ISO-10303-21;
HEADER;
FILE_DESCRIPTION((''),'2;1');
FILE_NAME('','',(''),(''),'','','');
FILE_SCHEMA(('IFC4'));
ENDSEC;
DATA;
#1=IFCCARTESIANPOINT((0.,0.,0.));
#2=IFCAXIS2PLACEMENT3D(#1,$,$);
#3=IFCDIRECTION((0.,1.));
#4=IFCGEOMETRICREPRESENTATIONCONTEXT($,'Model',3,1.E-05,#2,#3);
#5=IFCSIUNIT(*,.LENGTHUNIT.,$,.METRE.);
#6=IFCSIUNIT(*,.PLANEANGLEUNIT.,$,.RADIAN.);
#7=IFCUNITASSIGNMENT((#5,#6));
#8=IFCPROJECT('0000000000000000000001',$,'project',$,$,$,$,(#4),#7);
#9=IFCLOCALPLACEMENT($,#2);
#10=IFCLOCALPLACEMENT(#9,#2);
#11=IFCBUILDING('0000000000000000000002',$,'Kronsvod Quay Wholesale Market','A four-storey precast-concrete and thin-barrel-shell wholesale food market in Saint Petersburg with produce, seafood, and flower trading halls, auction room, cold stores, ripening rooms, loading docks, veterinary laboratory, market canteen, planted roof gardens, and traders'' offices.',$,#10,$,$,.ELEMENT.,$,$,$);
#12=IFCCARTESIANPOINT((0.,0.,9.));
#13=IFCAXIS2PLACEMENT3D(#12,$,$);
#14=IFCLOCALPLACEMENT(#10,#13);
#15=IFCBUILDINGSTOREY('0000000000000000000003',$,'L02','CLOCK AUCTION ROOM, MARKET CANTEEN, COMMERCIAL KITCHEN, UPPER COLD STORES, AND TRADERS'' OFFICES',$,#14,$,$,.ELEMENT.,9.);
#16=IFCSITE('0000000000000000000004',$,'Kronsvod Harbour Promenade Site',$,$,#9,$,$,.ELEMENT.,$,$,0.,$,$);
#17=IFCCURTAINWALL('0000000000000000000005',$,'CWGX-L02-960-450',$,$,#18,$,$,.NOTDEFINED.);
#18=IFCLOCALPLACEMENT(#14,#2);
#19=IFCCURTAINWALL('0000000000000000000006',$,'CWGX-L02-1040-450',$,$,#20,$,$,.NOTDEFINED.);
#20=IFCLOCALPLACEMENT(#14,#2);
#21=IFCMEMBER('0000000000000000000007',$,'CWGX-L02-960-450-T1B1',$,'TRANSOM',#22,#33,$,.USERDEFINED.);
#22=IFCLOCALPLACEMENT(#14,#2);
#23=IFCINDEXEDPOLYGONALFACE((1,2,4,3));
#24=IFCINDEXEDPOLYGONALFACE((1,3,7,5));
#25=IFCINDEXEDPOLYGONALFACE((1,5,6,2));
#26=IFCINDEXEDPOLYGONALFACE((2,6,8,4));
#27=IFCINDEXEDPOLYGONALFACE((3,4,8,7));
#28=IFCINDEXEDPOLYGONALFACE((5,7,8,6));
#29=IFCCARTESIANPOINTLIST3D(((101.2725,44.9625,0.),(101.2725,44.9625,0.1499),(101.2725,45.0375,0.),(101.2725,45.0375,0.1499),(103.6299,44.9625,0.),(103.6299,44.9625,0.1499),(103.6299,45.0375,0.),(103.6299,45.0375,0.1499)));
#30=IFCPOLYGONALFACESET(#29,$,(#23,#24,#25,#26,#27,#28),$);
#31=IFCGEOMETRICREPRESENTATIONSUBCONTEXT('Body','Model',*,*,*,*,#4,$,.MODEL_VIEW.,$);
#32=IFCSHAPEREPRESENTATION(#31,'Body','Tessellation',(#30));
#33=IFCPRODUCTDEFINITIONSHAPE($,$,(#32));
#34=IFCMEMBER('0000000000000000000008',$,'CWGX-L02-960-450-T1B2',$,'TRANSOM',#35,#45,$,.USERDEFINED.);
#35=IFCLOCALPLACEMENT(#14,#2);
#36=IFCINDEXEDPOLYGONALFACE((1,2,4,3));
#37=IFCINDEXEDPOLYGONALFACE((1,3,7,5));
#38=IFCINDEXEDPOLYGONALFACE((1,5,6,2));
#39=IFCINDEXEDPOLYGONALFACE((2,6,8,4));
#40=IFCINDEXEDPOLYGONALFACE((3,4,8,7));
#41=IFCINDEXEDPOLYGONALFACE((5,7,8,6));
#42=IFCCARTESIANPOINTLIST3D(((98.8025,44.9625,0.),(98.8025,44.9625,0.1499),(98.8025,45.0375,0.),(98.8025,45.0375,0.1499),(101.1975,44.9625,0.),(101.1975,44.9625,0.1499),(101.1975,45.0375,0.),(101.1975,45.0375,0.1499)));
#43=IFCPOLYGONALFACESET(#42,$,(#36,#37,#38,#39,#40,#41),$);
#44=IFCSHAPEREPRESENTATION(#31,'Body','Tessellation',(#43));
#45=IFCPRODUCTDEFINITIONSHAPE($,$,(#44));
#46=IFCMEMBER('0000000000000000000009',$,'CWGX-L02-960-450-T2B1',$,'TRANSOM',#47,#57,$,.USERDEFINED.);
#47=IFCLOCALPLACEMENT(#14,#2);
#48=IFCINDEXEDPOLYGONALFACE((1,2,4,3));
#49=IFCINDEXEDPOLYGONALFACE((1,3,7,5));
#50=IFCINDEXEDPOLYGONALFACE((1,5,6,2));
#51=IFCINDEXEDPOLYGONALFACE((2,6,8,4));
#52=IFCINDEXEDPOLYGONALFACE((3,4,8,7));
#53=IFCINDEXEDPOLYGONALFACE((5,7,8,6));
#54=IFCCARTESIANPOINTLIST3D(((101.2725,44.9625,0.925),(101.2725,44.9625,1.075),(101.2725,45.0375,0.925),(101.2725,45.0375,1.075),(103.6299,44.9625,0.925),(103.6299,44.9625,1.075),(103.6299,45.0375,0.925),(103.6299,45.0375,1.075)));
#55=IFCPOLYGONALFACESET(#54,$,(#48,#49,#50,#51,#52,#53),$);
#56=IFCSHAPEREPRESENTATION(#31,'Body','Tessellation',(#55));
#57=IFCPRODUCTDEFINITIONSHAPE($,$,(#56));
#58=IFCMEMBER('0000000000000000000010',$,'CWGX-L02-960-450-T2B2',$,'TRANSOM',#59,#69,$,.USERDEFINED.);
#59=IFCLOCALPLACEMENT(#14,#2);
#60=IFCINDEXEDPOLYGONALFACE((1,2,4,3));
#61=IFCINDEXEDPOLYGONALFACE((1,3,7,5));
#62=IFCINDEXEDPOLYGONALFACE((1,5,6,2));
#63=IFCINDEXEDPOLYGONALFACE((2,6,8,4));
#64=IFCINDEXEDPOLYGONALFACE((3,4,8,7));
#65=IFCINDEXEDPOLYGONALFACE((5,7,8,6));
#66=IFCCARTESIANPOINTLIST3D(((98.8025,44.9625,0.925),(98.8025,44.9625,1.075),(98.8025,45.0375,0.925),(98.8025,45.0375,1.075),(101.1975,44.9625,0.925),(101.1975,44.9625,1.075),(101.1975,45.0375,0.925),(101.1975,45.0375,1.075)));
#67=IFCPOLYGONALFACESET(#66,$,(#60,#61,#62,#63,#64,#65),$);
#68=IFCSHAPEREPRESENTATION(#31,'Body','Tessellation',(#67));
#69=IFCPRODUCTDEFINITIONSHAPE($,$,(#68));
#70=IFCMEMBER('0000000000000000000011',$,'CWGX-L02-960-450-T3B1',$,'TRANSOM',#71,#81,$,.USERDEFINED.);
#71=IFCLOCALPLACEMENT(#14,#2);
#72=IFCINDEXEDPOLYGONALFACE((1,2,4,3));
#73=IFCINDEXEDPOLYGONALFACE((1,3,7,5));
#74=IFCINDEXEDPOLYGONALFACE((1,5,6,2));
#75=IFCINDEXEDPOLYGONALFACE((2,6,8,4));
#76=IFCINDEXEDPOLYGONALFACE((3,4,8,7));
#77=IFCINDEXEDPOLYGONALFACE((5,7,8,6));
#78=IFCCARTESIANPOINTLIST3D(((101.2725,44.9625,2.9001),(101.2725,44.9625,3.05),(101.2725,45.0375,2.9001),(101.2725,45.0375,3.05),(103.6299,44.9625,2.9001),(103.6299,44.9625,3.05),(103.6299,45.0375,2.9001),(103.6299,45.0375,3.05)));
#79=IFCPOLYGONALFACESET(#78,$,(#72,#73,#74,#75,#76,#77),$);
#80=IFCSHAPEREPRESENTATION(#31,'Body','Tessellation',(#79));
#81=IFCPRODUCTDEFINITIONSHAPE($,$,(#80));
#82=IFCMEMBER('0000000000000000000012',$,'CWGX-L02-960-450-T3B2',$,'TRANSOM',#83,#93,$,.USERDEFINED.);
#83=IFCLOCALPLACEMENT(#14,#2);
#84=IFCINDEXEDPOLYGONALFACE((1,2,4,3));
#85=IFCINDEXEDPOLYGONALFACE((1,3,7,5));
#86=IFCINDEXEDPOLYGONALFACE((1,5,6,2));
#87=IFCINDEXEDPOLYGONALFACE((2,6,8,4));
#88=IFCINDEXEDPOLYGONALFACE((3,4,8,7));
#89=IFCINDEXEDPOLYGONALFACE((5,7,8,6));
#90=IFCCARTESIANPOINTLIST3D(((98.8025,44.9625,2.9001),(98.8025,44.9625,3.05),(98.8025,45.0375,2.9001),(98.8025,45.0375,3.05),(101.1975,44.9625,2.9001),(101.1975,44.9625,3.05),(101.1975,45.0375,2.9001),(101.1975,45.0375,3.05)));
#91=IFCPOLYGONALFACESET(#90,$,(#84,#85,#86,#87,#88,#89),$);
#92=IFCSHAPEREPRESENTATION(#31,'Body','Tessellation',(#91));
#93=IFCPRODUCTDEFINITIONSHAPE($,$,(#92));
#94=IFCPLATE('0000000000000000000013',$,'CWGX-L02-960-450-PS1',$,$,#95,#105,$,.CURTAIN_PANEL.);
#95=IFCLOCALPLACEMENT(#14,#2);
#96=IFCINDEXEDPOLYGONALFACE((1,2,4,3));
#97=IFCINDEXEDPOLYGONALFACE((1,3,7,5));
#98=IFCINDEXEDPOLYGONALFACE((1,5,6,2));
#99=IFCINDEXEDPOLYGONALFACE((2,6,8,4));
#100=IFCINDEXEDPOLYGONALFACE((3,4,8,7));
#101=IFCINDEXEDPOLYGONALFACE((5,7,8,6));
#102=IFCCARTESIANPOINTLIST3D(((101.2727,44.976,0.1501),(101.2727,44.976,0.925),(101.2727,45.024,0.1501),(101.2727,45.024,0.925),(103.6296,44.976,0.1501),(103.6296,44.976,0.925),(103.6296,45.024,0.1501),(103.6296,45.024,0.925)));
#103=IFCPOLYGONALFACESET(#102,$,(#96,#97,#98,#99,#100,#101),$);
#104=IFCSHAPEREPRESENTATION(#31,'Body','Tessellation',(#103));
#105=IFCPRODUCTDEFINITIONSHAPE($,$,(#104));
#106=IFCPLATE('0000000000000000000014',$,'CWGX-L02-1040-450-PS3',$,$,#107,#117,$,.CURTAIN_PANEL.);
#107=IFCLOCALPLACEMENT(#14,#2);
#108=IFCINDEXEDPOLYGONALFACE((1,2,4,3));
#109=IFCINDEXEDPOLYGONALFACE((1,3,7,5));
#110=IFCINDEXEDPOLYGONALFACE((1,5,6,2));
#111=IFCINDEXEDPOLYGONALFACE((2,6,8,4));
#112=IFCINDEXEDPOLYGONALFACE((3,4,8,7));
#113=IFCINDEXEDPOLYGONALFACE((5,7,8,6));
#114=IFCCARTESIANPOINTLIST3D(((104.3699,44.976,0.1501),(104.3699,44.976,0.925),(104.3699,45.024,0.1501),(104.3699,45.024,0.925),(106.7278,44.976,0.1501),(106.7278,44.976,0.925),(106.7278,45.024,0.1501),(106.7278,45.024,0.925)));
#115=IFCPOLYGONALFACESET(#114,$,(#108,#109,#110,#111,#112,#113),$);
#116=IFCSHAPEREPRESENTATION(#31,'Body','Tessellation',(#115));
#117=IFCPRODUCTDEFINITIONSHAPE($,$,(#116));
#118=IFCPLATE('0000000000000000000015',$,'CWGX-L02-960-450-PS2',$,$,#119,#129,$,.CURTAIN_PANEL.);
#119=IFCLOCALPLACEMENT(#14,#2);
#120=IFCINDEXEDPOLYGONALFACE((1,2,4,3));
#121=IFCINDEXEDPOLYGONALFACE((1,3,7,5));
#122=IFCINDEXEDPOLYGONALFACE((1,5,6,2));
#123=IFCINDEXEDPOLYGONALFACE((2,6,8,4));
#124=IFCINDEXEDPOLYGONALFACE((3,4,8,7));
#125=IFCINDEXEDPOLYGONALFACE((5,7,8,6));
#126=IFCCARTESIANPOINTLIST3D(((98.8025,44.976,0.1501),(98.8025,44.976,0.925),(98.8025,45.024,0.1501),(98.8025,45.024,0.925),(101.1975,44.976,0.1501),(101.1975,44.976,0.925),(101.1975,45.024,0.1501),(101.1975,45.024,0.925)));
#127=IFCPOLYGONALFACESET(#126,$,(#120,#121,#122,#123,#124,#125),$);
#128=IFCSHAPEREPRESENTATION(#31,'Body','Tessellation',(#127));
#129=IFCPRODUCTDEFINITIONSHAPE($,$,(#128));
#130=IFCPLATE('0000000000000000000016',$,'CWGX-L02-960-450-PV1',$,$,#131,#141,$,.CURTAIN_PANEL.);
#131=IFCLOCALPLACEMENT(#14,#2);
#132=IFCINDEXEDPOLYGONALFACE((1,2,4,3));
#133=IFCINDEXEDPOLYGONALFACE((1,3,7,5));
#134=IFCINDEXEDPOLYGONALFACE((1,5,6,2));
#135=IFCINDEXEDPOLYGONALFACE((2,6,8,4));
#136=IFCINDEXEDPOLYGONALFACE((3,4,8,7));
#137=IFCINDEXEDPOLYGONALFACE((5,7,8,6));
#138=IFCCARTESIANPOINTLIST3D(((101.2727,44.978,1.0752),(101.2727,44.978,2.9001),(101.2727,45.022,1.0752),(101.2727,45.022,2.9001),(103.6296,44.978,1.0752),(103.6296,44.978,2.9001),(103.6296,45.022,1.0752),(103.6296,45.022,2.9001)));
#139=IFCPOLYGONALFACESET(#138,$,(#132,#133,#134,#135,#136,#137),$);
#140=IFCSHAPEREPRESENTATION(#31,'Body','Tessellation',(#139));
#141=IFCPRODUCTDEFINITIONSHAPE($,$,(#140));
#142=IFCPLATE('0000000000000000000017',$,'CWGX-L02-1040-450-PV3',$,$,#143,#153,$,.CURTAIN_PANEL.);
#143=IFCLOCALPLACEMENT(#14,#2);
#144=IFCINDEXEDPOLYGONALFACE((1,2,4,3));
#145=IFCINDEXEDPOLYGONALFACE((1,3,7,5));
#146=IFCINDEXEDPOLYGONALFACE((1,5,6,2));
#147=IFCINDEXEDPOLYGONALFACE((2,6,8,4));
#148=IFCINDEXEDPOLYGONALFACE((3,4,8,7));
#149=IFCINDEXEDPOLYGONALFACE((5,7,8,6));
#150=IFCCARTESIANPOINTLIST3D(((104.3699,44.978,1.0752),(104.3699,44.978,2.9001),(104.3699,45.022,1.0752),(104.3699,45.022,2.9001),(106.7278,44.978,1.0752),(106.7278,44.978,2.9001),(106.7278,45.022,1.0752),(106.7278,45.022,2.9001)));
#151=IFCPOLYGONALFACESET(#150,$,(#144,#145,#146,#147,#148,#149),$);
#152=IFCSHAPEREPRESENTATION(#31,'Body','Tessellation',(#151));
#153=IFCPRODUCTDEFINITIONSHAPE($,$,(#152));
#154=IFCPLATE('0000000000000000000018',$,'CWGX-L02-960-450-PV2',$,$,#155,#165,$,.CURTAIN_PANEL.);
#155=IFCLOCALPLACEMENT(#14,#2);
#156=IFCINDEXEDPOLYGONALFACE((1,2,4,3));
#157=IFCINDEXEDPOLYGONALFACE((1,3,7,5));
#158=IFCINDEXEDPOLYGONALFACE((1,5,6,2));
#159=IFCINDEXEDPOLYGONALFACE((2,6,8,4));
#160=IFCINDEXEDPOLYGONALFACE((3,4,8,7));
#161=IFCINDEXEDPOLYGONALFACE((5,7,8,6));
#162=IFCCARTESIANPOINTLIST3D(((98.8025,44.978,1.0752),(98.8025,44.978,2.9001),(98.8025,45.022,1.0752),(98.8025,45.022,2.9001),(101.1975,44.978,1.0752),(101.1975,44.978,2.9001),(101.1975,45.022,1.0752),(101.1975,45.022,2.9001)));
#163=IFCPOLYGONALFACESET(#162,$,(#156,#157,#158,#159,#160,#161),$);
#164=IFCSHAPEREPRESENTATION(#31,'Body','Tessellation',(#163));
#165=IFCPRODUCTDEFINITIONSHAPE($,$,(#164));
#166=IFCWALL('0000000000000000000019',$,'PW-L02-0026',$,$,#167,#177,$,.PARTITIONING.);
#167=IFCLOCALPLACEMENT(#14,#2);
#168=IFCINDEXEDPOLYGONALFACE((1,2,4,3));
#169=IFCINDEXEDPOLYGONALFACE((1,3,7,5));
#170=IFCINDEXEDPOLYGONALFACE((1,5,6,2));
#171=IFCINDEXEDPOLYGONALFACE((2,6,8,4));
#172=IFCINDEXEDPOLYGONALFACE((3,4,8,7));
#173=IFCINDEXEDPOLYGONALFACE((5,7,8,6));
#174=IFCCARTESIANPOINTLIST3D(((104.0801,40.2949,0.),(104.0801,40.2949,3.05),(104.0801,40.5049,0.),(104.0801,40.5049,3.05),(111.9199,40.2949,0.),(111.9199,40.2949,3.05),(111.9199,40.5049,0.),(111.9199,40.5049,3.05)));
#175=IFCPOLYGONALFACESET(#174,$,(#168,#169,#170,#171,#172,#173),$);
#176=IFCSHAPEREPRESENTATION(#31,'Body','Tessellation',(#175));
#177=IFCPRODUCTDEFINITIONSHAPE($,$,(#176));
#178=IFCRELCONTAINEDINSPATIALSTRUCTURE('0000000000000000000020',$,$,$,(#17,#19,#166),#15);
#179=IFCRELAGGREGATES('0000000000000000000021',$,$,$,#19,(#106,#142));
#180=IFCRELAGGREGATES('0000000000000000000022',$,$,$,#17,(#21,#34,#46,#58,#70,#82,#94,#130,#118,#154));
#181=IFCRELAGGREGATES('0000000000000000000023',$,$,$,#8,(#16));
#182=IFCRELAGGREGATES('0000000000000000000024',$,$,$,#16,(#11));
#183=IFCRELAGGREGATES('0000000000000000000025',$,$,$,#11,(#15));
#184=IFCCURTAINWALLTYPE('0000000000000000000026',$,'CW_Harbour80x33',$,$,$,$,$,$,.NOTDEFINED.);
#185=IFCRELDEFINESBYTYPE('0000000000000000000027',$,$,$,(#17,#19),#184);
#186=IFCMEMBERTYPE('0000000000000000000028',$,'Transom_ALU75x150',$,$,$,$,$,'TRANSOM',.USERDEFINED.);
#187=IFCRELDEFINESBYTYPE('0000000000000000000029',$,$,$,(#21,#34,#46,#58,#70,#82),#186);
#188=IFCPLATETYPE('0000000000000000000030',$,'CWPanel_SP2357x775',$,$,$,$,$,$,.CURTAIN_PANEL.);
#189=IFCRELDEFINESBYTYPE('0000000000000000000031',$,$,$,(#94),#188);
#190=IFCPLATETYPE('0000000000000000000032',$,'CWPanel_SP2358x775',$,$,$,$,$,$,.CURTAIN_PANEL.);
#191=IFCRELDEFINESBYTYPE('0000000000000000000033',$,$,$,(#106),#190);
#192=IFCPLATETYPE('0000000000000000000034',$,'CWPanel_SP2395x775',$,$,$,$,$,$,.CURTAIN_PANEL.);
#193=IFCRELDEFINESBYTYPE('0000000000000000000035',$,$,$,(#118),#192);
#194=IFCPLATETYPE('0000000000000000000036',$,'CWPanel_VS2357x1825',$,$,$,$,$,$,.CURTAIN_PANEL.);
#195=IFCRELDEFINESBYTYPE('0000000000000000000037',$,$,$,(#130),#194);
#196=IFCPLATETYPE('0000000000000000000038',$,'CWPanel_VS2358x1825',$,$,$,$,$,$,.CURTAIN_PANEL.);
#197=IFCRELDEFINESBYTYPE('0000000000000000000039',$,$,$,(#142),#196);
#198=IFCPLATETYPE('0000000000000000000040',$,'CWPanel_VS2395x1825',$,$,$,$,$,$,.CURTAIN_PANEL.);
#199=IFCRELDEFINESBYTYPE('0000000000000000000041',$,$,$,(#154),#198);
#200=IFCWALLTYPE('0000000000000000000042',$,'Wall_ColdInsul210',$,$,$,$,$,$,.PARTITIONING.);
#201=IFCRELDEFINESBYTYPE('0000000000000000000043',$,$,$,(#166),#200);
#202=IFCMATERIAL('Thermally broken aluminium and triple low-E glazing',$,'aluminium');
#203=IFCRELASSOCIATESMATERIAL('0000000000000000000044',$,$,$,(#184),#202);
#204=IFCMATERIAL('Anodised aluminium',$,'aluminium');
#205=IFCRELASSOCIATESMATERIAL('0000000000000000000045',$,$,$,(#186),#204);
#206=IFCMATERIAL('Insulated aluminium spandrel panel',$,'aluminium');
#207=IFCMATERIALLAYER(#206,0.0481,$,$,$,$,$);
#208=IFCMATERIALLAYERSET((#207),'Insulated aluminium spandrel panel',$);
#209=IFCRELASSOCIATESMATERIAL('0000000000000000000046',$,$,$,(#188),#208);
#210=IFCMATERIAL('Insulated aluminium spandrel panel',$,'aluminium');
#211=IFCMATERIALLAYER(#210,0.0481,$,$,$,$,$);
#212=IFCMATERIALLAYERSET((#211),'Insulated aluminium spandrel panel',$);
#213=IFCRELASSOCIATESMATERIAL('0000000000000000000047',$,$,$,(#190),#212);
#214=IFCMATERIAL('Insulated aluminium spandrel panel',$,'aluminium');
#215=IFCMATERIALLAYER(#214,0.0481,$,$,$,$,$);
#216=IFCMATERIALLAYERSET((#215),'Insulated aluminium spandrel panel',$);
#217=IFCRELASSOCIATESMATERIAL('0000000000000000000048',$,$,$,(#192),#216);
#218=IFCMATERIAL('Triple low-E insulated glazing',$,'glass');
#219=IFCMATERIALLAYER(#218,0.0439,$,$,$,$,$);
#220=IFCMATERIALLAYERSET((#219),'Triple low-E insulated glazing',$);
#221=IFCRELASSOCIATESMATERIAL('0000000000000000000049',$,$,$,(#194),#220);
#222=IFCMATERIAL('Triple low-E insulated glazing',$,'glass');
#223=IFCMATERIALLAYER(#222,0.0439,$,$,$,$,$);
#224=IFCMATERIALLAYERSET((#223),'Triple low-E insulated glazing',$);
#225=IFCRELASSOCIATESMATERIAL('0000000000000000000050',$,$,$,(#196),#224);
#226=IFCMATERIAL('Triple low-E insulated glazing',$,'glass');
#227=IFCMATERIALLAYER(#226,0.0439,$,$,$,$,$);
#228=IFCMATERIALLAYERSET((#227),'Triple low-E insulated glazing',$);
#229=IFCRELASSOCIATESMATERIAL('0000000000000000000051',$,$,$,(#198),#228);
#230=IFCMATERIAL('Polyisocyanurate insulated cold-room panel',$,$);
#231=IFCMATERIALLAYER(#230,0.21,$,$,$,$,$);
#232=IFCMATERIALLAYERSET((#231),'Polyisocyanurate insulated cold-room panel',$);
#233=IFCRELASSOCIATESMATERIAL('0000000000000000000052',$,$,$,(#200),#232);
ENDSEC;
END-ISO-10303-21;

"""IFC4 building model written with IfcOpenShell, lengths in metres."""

from ifc_helpers import new_model, si_unit, direction, frame, frame_2d, origin, origin_2d, place, context, subcontext, project, spatial, rectangle, extrude, material, layer, layer_set, material_profile, profile_set, type_object, element, aggregate, save


model = new_model("IFC4")

# Units and contexts
model_context = context("Model", 3, precision=1e-05, world=origin(), true_north=direction((0.0, 1.0)))
body_context = subcontext(model_context, "Body", "Model", "MODEL_VIEW")
ifc_project = project(units=[si_unit("LENGTHUNIT", "METRE"), si_unit("PLANEANGLEUNIT", "RADIAN")], contexts=[model_context])

# Site, building, storey
site_placement = place(None, origin())
site = spatial("IfcSite", under=ifc_project, at=site_placement, Name="Kronsvod Harbour Promenade Site", CompositionType="ELEMENT", RefElevation=0.0)
building_placement = place(site_placement, origin())
building = spatial("IfcBuilding", under=site, at=building_placement, Name="Kronsvod Quay Wholesale Market", Description="A four-storey precast-concrete and thin-barrel-shell wholesale food market in Saint Petersburg with produce, seafood, and flower trading halls, auction room, cold stores, ripening rooms, loading docks, veterinary laboratory, market canteen, planted roof gardens, and traders' offices.", CompositionType="ELEMENT")
storey_placement = place(building_placement, frame((0.0, 0.0, 9.0)))
storey = spatial("IfcBuildingStorey", under=building, at=storey_placement, Name="L02", Description="CLOCK AUCTION ROOM, MARKET CANTEEN, COMMERCIAL KITCHEN, UPPER COLD STORES, AND TRADERS' OFFICES", CompositionType="ELEMENT", Elevation=9.0)

# Curtain wall
ifc_material_1 = material(Name="Thermally broken aluminium and triple low-E glazing", Category="aluminium")
curtain_wall_type = type_object("IfcCurtainWallType", Name="CW_Harbour80x33", PredefinedType="NOTDEFINED", material=ifc_material_1)
curtain_wall_1_placement = place(storey_placement, origin())
curtain_wall_1 = element("IfcCurtainWall", 1, at=curtain_wall_1_placement, inside=storey, type_object=curtain_wall_type, Name="CWGX-L02-960-450", PredefinedType="NOTDEFINED")

# Curtain wall
curtain_wall_2_placement = place(storey_placement, origin())
curtain_wall_2 = element("IfcCurtainWall", 2, at=curtain_wall_2_placement, inside=storey, type_object=curtain_wall_type, Name="CWGX-L02-1040-450", PredefinedType="NOTDEFINED")

# Members
ifc_material_2 = material(Name="Anodised aluminium", Category="aluminium")
ifc_material_profile_1 = material_profile(ifc_material_2, rectangle(XDim=0.075, YDim=0.1499, at=origin_2d()), Name="ALUT75x150")
ifc_profile_set_1 = profile_set([ifc_material_profile_1], Name="Anodised aluminium")
member_type_1 = type_object("IfcMemberType", Name="Transom_ALU75x150", ElementType="TRANSOM", PredefinedType="USERDEFINED", material=ifc_profile_set_1)
member_1_placement = place(storey_placement, frame((103.6299, 45.0, 0.075), z_axis=(-1.0, 0.0, 0.0), x_axis=(0.0, -1.0, 0.0)))
member_1 = element("IfcMember", 3, at=member_1_placement, type_object=member_type_1, Name="CWGX-L02-960-450-T1B1", ObjectType="TRANSOM", PredefinedType="USERDEFINED", context=body_context, shape_type="SweptSolid", body=[
    extrude(rectangle(XDim=0.075, YDim=0.1499, at=origin_2d()), origin(), (0.0, 0.0, 1.0), 2.3574),
])
member_2_placement = place(storey_placement, frame((101.1975, 45.0, 0.075), z_axis=(-1.0, 0.0, 0.0), x_axis=(0.0, -1.0, 0.0)))
member_2 = element("IfcMember", 4, at=member_2_placement, type_object=member_type_1, Name="CWGX-L02-960-450-T1B2", ObjectType="TRANSOM", PredefinedType="USERDEFINED", context=body_context, shape_type="SweptSolid", body=[
    extrude(rectangle(XDim=0.075, YDim=0.1499, at=origin_2d()), origin(), (0.0, 0.0, 1.0), 2.395),
])
member_3_placement = place(storey_placement, frame((103.6299, 45.0, 1.0), z_axis=(-1.0, 0.0, 0.0), x_axis=(0.0, -1.0, 0.0)))
member_3 = element("IfcMember", 5, at=member_3_placement, type_object=member_type_1, Name="CWGX-L02-960-450-T2B1", ObjectType="TRANSOM", PredefinedType="USERDEFINED", context=body_context, shape_type="SweptSolid", body=[
    extrude(rectangle(XDim=0.075, YDim=0.1499, at=origin_2d()), origin(), (0.0, 0.0, 1.0), 2.3574),
])
member_4_placement = place(storey_placement, frame((101.1975, 45.0, 1.0), z_axis=(-1.0, 0.0, 0.0), x_axis=(0.0, -1.0, 0.0)))
member_4 = element("IfcMember", 6, at=member_4_placement, type_object=member_type_1, Name="CWGX-L02-960-450-T2B2", ObjectType="TRANSOM", PredefinedType="USERDEFINED", context=body_context, shape_type="SweptSolid", body=[
    extrude(rectangle(XDim=0.075, YDim=0.1499, at=origin_2d()), origin(), (0.0, 0.0, 1.0), 2.395),
])
member_5_placement = place(storey_placement, frame((103.6299, 45.0, 2.9751), z_axis=(-1.0, 0.0, 0.0), x_axis=(0.0, -1.0, 0.0)))
member_5 = element("IfcMember", 7, at=member_5_placement, type_object=member_type_1, Name="CWGX-L02-960-450-T3B1", ObjectType="TRANSOM", PredefinedType="USERDEFINED", context=body_context, shape_type="SweptSolid", body=[
    extrude(rectangle(XDim=0.075, YDim=0.1499, at=origin_2d()), origin(), (0.0, 0.0, 1.0), 2.3574),
])
member_6_placement = place(storey_placement, frame((101.1975, 45.0, 2.9751), z_axis=(-1.0, 0.0, 0.0), x_axis=(0.0, -1.0, 0.0)))
member_6 = element("IfcMember", 8, at=member_6_placement, type_object=member_type_1, Name="CWGX-L02-960-450-T3B2", ObjectType="TRANSOM", PredefinedType="USERDEFINED", context=body_context, shape_type="SweptSolid", body=[
    extrude(rectangle(XDim=0.075, YDim=0.1499, at=origin_2d()), origin(), (0.0, 0.0, 1.0), 2.395),
])

# Plates
ifc_material_3 = material(Name="Insulated aluminium spandrel panel", Category="aluminium")
ifc_layer_1 = layer(ifc_material_3, 0.0481)
ifc_layer_set_1 = layer_set([ifc_layer_1], Name="Insulated aluminium spandrel panel")
plate_type_1 = type_object("IfcPlateType", Name="CWPanel_SP2357x775", PredefinedType="CURTAIN_PANEL", material=ifc_layer_set_1)
plate_1_placement = place(storey_placement, frame((102.4512, 45.0, 0.1501), z_axis=(0.0, 0.0, 1.0), x_axis=(-1.0, 0.0, 0.0)))
plate_1 = element("IfcPlate", 9, at=plate_1_placement, type_object=plate_type_1, Name="CWGX-L02-960-450-PS1", PredefinedType="CURTAIN_PANEL", context=body_context, shape_type="SweptSolid", body=[
    extrude(rectangle(XDim=2.3569, YDim=0.0481, at=origin_2d()), origin(), (0.0, 0.0, 1.0), 0.7749),
])
ifc_material_4 = material(Name="Insulated aluminium spandrel panel", Category="aluminium")
ifc_layer_2 = layer(ifc_material_4, 0.0481)
ifc_layer_set_2 = layer_set([ifc_layer_2], Name="Insulated aluminium spandrel panel")
plate_type_2 = type_object("IfcPlateType", Name="CWPanel_SP2358x775", PredefinedType="CURTAIN_PANEL", material=ifc_layer_set_2)
plate_2_placement = place(storey_placement, frame((105.5488, 45.0, 0.1501), z_axis=(0.0, 0.0, 1.0), x_axis=(-1.0, 0.0, 0.0)))
plate_2 = element("IfcPlate", 10, at=plate_2_placement, type_object=plate_type_2, Name="CWGX-L02-1040-450-PS3", PredefinedType="CURTAIN_PANEL", context=body_context, shape_type="SweptSolid", body=[
    extrude(rectangle(XDim=2.3579, YDim=0.0481, at=origin_2d()), origin(), (0.0, 0.0, 1.0), 0.7749),
])
ifc_material_5 = material(Name="Insulated aluminium spandrel panel", Category="aluminium")
ifc_layer_3 = layer(ifc_material_5, 0.0481)
ifc_layer_set_3 = layer_set([ifc_layer_3], Name="Insulated aluminium spandrel panel")
plate_type_3 = type_object("IfcPlateType", Name="CWPanel_SP2395x775", PredefinedType="CURTAIN_PANEL", material=ifc_layer_set_3)
plate_3_placement = place(storey_placement, frame((100.0, 45.0, 0.1501), z_axis=(0.0, 0.0, 1.0), x_axis=(-1.0, 0.0, 0.0)))
plate_3 = element("IfcPlate", 11, at=plate_3_placement, type_object=plate_type_3, Name="CWGX-L02-960-450-PS2", PredefinedType="CURTAIN_PANEL", context=body_context, shape_type="SweptSolid", body=[
    extrude(rectangle(XDim=2.395, YDim=0.0481, at=origin_2d()), origin(), (0.0, 0.0, 1.0), 0.7749),
])
ifc_material_6 = material(Name="Triple low-E insulated glazing", Category="glass")
ifc_layer_4 = layer(ifc_material_6, 0.0439)
ifc_layer_set_4 = layer_set([ifc_layer_4], Name="Triple low-E insulated glazing")
plate_type_4 = type_object("IfcPlateType", Name="CWPanel_VS2357x1825", PredefinedType="CURTAIN_PANEL", material=ifc_layer_set_4)
plate_4_placement = place(storey_placement, frame((102.4512, 45.0, 1.0752), z_axis=(0.0, 0.0, 1.0), x_axis=(-1.0, 0.0, 0.0)))
plate_4 = element("IfcPlate", 12, at=plate_4_placement, type_object=plate_type_4, Name="CWGX-L02-960-450-PV1", PredefinedType="CURTAIN_PANEL", context=body_context, shape_type="SweptSolid", body=[
    extrude(rectangle(XDim=2.3569, YDim=0.0439, at=origin_2d()), origin(), (0.0, 0.0, 1.0), 1.825),
])
ifc_material_7 = material(Name="Triple low-E insulated glazing", Category="glass")
ifc_layer_5 = layer(ifc_material_7, 0.0439)
ifc_layer_set_5 = layer_set([ifc_layer_5], Name="Triple low-E insulated glazing")
plate_type_5 = type_object("IfcPlateType", Name="CWPanel_VS2358x1825", PredefinedType="CURTAIN_PANEL", material=ifc_layer_set_5)
plate_5_placement = place(storey_placement, frame((105.5488, 45.0, 1.0752), z_axis=(0.0, 0.0, 1.0), x_axis=(-1.0, 0.0, 0.0)))
plate_5 = element("IfcPlate", 13, at=plate_5_placement, type_object=plate_type_5, Name="CWGX-L02-1040-450-PV3", PredefinedType="CURTAIN_PANEL", context=body_context, shape_type="SweptSolid", body=[
    extrude(rectangle(XDim=2.3579, YDim=0.0439, at=origin_2d()), origin(), (0.0, 0.0, 1.0), 1.825),
])
aggregate(curtain_wall_2, [plate_2, plate_5])
ifc_material_8 = material(Name="Triple low-E insulated glazing", Category="glass")
ifc_layer_6 = layer(ifc_material_8, 0.0439)
ifc_layer_set_6 = layer_set([ifc_layer_6], Name="Triple low-E insulated glazing")
plate_type_6 = type_object("IfcPlateType", Name="CWPanel_VS2395x1825", PredefinedType="CURTAIN_PANEL", material=ifc_layer_set_6)
plate_6_placement = place(storey_placement, frame((100.0, 45.0, 1.0752), z_axis=(0.0, 0.0, 1.0), x_axis=(-1.0, 0.0, 0.0)))
plate_6 = element("IfcPlate", 14, at=plate_6_placement, type_object=plate_type_6, Name="CWGX-L02-960-450-PV2", PredefinedType="CURTAIN_PANEL", context=body_context, shape_type="SweptSolid", body=[
    extrude(rectangle(XDim=2.395, YDim=0.0439, at=origin_2d()), origin(), (0.0, 0.0, 1.0), 1.825),
])
aggregate(curtain_wall_1, [member_1, member_2, member_3, member_4, member_5, member_6, plate_1, plate_4, plate_3, plate_6])

# Wall
ifc_material_9 = material(Name="Polyisocyanurate insulated cold-room panel")
ifc_layer_7 = layer(ifc_material_9, 0.21)
ifc_layer_set_7 = layer_set([ifc_layer_7], Name="Polyisocyanurate insulated cold-room panel")
wall_type_1 = type_object("IfcWallType", Name="Wall_ColdInsul210", PredefinedType="PARTITIONING", material=ifc_layer_set_7)
wall_1_placement = place(storey_placement, frame((104.0801, 40.3999, 0.0), z_axis=(0.0, 0.0, 1.0), x_axis=(1.0, 0.0, 0.0)))
element("IfcWall", 15, at=wall_1_placement, inside=storey, type_object=wall_type_1, Name="PW-L02-0026", PredefinedType="PARTITIONING", context=body_context, shape_type="SweptSolid", body=[
    extrude(rectangle(XDim=7.8398, YDim=0.21, at=frame_2d((3.9199, 0.0))), origin(), (0.0, 0.0, 1.0), 3.05),
])

save(model, "model.ifc")
